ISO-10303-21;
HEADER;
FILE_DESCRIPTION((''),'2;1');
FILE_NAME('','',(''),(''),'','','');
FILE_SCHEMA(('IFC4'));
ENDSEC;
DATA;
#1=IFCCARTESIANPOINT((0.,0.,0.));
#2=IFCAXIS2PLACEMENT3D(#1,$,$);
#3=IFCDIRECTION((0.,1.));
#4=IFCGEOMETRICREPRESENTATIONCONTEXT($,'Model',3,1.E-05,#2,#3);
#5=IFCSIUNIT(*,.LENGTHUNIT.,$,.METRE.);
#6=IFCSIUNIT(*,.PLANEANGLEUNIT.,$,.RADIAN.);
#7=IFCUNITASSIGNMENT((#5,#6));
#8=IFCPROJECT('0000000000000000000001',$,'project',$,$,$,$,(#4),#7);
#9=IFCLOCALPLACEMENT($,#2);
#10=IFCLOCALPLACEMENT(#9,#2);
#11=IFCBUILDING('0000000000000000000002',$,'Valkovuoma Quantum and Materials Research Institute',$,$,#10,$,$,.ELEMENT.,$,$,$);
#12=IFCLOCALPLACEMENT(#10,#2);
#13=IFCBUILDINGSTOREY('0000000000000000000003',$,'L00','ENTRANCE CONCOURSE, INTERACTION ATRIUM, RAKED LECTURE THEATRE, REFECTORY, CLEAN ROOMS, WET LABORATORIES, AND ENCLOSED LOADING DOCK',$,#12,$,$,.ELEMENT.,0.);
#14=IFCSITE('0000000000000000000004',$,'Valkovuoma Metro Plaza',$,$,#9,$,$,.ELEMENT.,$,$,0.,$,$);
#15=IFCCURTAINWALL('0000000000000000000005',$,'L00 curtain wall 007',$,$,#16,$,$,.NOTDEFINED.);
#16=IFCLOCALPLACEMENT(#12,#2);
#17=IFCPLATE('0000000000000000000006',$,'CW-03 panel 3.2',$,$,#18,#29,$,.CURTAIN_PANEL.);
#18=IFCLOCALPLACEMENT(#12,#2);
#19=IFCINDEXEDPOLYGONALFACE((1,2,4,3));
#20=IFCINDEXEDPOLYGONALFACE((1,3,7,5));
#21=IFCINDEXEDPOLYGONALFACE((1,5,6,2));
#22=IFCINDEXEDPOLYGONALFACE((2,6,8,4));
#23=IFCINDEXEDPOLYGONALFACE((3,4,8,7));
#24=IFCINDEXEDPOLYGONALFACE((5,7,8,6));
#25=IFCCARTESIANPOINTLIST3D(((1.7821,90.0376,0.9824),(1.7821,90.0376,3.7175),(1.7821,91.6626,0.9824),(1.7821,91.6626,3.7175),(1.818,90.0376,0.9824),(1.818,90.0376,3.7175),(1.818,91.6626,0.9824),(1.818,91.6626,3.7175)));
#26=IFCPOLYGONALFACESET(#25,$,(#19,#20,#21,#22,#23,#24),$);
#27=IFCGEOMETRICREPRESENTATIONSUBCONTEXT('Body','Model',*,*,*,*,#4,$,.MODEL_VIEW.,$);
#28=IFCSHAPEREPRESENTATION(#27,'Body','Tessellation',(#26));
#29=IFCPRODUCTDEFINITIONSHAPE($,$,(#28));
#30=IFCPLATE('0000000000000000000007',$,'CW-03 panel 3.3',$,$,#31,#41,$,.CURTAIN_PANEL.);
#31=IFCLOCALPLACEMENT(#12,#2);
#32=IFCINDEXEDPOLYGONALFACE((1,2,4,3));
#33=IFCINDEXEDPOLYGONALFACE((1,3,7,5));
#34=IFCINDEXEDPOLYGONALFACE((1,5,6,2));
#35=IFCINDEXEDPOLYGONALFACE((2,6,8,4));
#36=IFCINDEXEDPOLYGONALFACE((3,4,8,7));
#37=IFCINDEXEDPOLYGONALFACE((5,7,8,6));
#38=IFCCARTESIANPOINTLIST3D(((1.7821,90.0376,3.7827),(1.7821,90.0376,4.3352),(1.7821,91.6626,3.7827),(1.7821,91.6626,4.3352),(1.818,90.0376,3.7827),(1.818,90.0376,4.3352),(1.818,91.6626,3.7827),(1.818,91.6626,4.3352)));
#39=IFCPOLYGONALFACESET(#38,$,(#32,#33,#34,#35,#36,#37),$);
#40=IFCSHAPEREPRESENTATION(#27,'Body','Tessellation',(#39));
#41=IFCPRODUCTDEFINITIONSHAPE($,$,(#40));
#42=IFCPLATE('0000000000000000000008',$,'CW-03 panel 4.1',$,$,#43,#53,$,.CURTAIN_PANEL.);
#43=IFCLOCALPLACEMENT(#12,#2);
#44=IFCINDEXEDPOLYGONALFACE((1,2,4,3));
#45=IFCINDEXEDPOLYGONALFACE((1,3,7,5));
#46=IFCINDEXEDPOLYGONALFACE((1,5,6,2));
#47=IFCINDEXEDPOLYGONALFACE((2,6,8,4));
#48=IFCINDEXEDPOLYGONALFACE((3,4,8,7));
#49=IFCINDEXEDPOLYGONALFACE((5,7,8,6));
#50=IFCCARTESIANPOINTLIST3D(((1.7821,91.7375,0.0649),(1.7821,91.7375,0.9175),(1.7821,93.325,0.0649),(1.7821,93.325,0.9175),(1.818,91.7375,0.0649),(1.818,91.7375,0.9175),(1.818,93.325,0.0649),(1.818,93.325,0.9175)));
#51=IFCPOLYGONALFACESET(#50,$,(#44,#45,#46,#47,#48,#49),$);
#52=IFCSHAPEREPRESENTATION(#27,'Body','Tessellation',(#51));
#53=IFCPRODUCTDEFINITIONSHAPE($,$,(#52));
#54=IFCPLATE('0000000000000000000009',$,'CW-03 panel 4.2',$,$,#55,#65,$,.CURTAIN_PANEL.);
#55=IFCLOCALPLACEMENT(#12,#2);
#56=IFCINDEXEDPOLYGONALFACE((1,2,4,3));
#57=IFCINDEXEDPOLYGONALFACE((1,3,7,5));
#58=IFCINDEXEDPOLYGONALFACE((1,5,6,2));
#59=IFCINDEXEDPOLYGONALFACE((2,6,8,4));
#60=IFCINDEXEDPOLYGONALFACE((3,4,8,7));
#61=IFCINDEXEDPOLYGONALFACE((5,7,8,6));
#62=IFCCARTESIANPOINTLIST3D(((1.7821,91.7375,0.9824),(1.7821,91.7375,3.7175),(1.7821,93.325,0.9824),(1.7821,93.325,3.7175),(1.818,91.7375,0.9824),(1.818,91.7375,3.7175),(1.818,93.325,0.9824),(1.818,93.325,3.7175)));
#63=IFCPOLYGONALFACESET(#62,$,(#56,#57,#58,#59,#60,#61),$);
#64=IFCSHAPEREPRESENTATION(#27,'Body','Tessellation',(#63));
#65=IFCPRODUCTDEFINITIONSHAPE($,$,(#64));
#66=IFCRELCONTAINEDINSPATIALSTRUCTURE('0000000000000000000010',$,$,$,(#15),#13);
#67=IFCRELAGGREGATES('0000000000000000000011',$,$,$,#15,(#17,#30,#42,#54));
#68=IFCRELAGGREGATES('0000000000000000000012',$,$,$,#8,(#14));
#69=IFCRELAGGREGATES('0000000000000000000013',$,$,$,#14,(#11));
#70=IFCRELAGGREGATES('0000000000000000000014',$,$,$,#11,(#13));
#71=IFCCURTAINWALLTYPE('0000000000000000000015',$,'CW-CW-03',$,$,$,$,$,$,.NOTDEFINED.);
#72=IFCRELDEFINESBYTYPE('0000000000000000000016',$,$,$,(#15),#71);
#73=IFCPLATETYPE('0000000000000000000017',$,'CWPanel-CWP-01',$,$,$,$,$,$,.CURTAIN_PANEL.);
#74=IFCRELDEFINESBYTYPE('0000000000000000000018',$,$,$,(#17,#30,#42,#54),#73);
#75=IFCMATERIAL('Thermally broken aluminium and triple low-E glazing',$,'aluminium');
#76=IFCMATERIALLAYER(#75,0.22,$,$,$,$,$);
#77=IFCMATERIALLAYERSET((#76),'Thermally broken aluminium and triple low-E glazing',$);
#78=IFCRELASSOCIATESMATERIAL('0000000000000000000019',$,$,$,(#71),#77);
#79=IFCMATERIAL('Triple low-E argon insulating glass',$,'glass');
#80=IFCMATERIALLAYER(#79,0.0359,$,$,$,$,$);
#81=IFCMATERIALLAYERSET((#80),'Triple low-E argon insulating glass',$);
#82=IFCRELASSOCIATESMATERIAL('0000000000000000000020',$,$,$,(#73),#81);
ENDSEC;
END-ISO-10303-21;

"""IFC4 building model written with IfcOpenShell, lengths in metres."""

from ifc_helpers import new_model, si_unit, direction, frame, origin, origin_2d, place, context, subcontext, project, spatial, rectangle, extrude, material, layer, layer_set, type_object, element, aggregate, save


model = new_model("IFC4")

# Units and contexts
model_context = context("Model", 3, precision=1e-05, world=origin(), true_north=direction((0.0, 1.0)))
body_context = subcontext(model_context, "Body", "Model", "MODEL_VIEW")
ifc_project = project(units=[si_unit("LENGTHUNIT", "METRE"), si_unit("PLANEANGLEUNIT", "RADIAN")], contexts=[model_context])

# Site, building, storey
site_placement = place(None, origin())
site = spatial("IfcSite", under=ifc_project, at=site_placement, Name="Valkovuoma Metro Plaza", CompositionType="ELEMENT", RefElevation=0.0)
building_placement = place(site_placement, origin())
building = spatial("IfcBuilding", under=site, at=building_placement, Name="Valkovuoma Quantum and Materials Research Institute", CompositionType="ELEMENT")
storey_placement = place(building_placement, origin())
storey = spatial("IfcBuildingStorey", under=building, at=storey_placement, Name="L00", Description="ENTRANCE CONCOURSE, INTERACTION ATRIUM, RAKED LECTURE THEATRE, REFECTORY, CLEAN ROOMS, WET LABORATORIES, AND ENCLOSED LOADING DOCK", CompositionType="ELEMENT", Elevation=0.0)

# Curtain wall, plates
ifc_material_1 = material(Name="Thermally broken aluminium and triple low-E glazing", Category="aluminium")
ifc_layer_1 = layer(ifc_material_1, 0.22)
ifc_layer_set_1 = layer_set([ifc_layer_1], Name="Thermally broken aluminium and triple low-E glazing")
curtain_wall_type = type_object("IfcCurtainWallType", Name="CW-CW-03", PredefinedType="NOTDEFINED", material=ifc_layer_set_1)
curtain_wall_placement = place(storey_placement, origin())
curtain_wall = element("IfcCurtainWall", 1, at=curtain_wall_placement, inside=storey, type_object=curtain_wall_type, Name="L00 curtain wall 007", PredefinedType="NOTDEFINED")
ifc_material_2 = material(Name="Triple low-E argon insulating glass", Category="glass")
ifc_layer_2 = layer(ifc_material_2, 0.0359)
ifc_layer_set_2 = layer_set([ifc_layer_2], Name="Triple low-E argon insulating glass")
plate_type = type_object("IfcPlateType", Name="CWPanel-CWP-01", PredefinedType="CURTAIN_PANEL", material=ifc_layer_set_2)
plate_1_placement = place(storey_placement, frame((1.8, 90.8501, 0.9824), z_axis=(0.0, 0.0, 1.0), x_axis=(0.0, 1.0, 0.0)))
plate_1 = element("IfcPlate", 2, at=plate_1_placement, type_object=plate_type, Name="CW-03 panel 3.2", PredefinedType="CURTAIN_PANEL", context=body_context, shape_type="SweptSolid", body=[
    extrude(rectangle(XDim=1.625, YDim=0.0359, at=origin_2d()), origin(), (0.0, 0.0, 1.0), 2.7351),
])
plate_2_placement = place(storey_placement, frame((1.8, 90.8501, 3.7827), z_axis=(0.0, 0.0, 1.0), x_axis=(0.0, 1.0, 0.0)))
plate_2 = element("IfcPlate", 3, at=plate_2_placement, type_object=plate_type, Name="CW-03 panel 3.3", PredefinedType="CURTAIN_PANEL", context=body_context, shape_type="SweptSolid", body=[
    extrude(rectangle(XDim=1.625, YDim=0.0359, at=origin_2d()), origin(), (0.0, 0.0, 1.0), 0.5525),
])
plate_3_placement = place(storey_placement, frame((1.8, 92.5312, 0.0649), z_axis=(0.0, 0.0, 1.0), x_axis=(0.0, 1.0, 0.0)))
plate_3 = element("IfcPlate", 4, at=plate_3_placement, type_object=plate_type, Name="CW-03 panel 4.1", PredefinedType="CURTAIN_PANEL", context=body_context, shape_type="SweptSolid", body=[
    extrude(rectangle(XDim=1.5874, YDim=0.0359, at=origin_2d()), origin(), (0.0, 0.0, 1.0), 0.8525),
])
plate_4_placement = place(storey_placement, frame((1.8, 92.5312, 0.9824), z_axis=(0.0, 0.0, 1.0), x_axis=(0.0, 1.0, 0.0)))
plate_4 = element("IfcPlate", 5, at=plate_4_placement, type_object=plate_type, Name="CW-03 panel 4.2", PredefinedType="CURTAIN_PANEL", context=body_context, shape_type="SweptSolid", body=[
    extrude(rectangle(XDim=1.5874, YDim=0.0359, at=origin_2d()), origin(), (0.0, 0.0, 1.0), 2.7351),
])
aggregate(curtain_wall, [plate_1, plate_2, plate_3, plate_4])

save(model, "model.ifc")
